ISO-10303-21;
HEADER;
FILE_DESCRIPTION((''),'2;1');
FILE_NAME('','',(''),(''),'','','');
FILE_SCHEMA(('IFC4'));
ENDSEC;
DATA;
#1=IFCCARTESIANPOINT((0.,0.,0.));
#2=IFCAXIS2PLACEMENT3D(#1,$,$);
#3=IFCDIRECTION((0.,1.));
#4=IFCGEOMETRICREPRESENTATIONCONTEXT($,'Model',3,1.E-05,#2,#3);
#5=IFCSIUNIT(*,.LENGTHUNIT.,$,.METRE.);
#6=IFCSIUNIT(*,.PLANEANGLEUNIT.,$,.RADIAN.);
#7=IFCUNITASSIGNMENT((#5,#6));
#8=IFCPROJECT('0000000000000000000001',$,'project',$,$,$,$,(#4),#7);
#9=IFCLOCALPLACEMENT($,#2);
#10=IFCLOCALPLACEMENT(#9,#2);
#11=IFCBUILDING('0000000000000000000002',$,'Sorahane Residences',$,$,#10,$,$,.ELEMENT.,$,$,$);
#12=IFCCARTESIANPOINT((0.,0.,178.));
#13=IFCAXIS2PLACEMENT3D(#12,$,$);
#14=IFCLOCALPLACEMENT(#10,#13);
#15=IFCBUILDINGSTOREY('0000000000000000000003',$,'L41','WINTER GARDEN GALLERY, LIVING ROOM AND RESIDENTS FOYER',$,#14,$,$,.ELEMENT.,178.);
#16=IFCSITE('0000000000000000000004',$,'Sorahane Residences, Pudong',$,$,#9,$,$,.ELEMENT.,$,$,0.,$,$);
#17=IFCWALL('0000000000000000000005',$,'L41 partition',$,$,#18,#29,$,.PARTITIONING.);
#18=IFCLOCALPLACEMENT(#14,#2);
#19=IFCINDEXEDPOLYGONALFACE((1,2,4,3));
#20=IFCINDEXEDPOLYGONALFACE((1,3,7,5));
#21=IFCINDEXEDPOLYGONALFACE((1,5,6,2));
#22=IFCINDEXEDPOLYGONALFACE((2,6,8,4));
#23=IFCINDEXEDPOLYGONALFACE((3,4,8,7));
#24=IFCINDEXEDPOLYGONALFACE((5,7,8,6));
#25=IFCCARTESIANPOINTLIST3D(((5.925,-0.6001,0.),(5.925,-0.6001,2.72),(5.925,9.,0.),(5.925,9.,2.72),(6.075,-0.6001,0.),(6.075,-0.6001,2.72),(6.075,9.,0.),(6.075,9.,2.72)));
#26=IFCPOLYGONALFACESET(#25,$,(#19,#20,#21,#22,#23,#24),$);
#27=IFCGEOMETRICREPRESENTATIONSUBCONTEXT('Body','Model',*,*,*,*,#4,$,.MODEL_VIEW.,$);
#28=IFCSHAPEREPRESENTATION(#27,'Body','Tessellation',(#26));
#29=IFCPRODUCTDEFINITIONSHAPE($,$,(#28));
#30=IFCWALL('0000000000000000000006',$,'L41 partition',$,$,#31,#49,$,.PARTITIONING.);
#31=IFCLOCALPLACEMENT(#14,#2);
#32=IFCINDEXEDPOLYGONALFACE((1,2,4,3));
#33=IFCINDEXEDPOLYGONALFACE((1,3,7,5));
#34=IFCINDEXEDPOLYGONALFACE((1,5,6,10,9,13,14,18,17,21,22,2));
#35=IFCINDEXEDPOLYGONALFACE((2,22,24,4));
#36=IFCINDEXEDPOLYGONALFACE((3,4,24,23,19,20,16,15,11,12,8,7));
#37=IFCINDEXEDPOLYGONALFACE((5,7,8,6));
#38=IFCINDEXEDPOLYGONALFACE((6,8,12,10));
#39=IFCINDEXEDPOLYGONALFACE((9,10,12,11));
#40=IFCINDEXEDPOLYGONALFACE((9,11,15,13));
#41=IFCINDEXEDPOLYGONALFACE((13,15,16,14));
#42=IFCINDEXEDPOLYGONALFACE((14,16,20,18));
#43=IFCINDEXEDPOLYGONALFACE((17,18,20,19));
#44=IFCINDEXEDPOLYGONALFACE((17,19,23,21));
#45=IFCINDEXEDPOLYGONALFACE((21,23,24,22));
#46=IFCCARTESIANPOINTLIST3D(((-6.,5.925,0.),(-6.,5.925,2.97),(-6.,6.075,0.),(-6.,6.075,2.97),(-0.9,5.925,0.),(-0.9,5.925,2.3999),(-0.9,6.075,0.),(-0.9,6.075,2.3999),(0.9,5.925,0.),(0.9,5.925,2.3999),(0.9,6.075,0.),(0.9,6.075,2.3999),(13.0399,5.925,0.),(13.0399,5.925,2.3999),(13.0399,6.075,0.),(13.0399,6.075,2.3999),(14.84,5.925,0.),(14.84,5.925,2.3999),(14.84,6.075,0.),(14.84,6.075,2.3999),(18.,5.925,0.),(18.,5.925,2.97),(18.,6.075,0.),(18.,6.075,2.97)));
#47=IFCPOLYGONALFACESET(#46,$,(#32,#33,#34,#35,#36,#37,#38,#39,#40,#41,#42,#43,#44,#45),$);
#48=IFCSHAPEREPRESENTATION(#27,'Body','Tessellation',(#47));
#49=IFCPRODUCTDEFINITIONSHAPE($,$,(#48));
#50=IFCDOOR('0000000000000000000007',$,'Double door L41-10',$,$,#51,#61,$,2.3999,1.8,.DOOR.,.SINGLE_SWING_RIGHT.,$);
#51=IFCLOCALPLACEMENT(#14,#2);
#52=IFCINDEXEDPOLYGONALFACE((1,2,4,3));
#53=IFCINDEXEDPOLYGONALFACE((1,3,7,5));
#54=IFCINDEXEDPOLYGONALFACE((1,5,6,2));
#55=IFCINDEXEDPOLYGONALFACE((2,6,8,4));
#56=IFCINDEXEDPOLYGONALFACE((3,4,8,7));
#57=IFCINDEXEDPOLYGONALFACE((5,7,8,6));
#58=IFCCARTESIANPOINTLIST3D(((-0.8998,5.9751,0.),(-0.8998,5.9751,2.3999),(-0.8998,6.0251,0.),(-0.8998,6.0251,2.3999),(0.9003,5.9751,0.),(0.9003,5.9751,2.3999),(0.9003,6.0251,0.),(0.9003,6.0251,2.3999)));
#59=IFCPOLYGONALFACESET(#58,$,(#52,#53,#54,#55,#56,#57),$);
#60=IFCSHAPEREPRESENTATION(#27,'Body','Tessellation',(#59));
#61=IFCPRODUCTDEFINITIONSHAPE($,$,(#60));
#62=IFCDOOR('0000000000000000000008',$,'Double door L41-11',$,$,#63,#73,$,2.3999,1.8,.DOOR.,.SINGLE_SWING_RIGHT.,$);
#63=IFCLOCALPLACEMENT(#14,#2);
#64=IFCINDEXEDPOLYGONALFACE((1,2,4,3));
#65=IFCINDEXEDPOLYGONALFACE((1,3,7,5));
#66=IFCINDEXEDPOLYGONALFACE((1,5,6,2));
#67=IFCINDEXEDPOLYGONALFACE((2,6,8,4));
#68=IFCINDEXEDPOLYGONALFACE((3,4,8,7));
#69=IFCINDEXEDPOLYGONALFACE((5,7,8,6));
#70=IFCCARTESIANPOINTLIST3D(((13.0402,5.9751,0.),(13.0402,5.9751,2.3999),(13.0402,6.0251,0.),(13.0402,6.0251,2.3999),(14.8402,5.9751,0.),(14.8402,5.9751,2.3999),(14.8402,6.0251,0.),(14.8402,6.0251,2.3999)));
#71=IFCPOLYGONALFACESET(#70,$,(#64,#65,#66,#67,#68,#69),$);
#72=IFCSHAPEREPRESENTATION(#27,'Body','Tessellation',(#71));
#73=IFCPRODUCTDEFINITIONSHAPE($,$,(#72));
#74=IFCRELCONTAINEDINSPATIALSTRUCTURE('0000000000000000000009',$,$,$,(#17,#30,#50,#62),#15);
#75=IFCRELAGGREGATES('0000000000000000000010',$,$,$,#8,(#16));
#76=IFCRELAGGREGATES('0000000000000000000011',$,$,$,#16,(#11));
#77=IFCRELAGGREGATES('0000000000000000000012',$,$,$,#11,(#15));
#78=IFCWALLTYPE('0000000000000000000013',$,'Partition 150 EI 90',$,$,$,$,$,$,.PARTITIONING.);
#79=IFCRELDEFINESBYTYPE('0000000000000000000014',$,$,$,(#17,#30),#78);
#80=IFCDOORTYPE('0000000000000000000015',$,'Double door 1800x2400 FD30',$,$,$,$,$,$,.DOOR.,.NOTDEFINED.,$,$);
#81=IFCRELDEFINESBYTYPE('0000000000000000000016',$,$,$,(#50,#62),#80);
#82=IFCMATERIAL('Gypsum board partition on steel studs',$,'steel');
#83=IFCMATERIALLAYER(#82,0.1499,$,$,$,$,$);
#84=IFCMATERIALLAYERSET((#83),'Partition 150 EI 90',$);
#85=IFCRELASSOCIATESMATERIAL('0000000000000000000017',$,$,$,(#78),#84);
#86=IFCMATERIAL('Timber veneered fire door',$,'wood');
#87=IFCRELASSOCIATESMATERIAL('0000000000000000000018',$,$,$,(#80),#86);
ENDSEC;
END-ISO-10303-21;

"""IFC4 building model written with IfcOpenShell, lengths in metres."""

from ifc_helpers import new_model, si_unit, direction, frame, frame_2d, origin, place, context, subcontext, project, spatial, rectangle, extrude, material, layer, layer_set, type_object, element, fill, save


model = new_model("IFC4")

# Units and contexts
model_context = context("Model", 3, precision=1e-05, world=origin(), true_north=direction((0.0, 1.0)))
body_context = subcontext(model_context, "Body", "Model", "MODEL_VIEW")
ifc_project = project(units=[si_unit("LENGTHUNIT", "METRE"), si_unit("PLANEANGLEUNIT", "RADIAN")], contexts=[model_context])

# Site, building, storey
site_placement = place(None, origin())
site = spatial("IfcSite", under=ifc_project, at=site_placement, Name="Sorahane Residences, Pudong", CompositionType="ELEMENT", RefElevation=0.0)
building_placement = place(site_placement, origin())
building = spatial("IfcBuilding", under=site, at=building_placement, Name="Sorahane Residences", CompositionType="ELEMENT")
storey_placement = place(building_placement, frame((0.0, 0.0, 178.0)))
storey = spatial("IfcBuildingStorey", under=building, at=storey_placement, Name="L41", Description="WINTER GARDEN GALLERY, LIVING ROOM AND RESIDENTS FOYER", CompositionType="ELEMENT", Elevation=178.0)

# Wall
ifc_material_1 = material(Name="Gypsum board partition on steel studs", Category="steel")
ifc_layer_1 = layer(ifc_material_1, 0.1499)
ifc_layer_set_1 = layer_set([ifc_layer_1], Name="Partition 150 EI 90")
wall_type = type_object("IfcWallType", Name="Partition 150 EI 90", PredefinedType="PARTITIONING", material=ifc_layer_set_1)
wall_1_placement = place(storey_placement, frame((6.0, -0.6001, 0.0), z_axis=(0.0, 0.0, 1.0), x_axis=(0.0, 1.0, 0.0)))
element("IfcWall", 1, at=wall_1_placement, inside=storey, type_object=wall_type, Name="L41 partition", PredefinedType="PARTITIONING", context=body_context, shape_type="SweptSolid", body=[
    extrude(rectangle(XDim=9.6001, YDim=0.1499, at=frame_2d((4.8, 0.0))), origin(), (0.0, 0.0, 1.0), 2.72),
])

# Wall, openings, doors
wall_2_placement = place(storey_placement, frame((-6.0, 6.0, 0.0), z_axis=(0.0, 0.0, 1.0), x_axis=(1.0, 0.0, 0.0)))
wall_2 = element("IfcWall", 2, at=wall_2_placement, inside=storey, type_object=wall_type, Name="L41 partition", PredefinedType="PARTITIONING", context=body_context, shape_type="SweptSolid", body=[
    extrude(rectangle(XDim=24.0, YDim=0.1499, at=frame_2d((12.0, 0.0))), origin(), (0.0, 0.0, 1.0), 2.97),
])
opening_1_placement = place(wall_2_placement, frame((5.1001, 0.0, 0.0)))
opening_1 = element("IfcOpeningElement", 3, at=opening_1_placement, cuts=wall_2, PredefinedType="OPENING", context=body_context, shape_type="SweptSolid", body=[
    extrude(rectangle(XDim=1.8, YDim=2.3999, at=frame_2d((0.8999, 1.2))), frame((0.0, 0.085, 0.0), z_axis=(0.0, -1.0, 0.0), x_axis=(1.0, 0.0, 0.0)), (0.0, 0.0, 1.0), 0.1699),
])
opening_2_placement = place(wall_2_placement, frame((19.04, 0.0, 0.0)))
opening_2 = element("IfcOpeningElement", 4, at=opening_2_placement, cuts=wall_2, PredefinedType="OPENING", context=body_context, shape_type="SweptSolid", body=[
    extrude(rectangle(XDim=1.8, YDim=2.3999, at=frame_2d((0.8999, 1.2))), frame((0.0, 0.085, 0.0), z_axis=(0.0, -1.0, 0.0), x_axis=(1.0, 0.0, 0.0)), (0.0, 0.0, 1.0), 0.1699),
])
ifc_material_2 = material(Name="Timber veneered fire door", Category="wood")
door_type = type_object("IfcDoorType", Name="Double door 1800x2400 FD30", OperationType="NOTDEFINED", PredefinedType="DOOR", material=ifc_material_2)
door_1_placement = place(opening_1_placement, frame((1.8, 0.0, 0.0), z_axis=(0.0, 0.0, 1.0), x_axis=(-1.0, 0.0, 0.0)))
door_1 = element("IfcDoor", 5, at=door_1_placement, inside=storey, type_object=door_type, Name="Double door L41-10", OperationType="SINGLE_SWING_RIGHT", OverallHeight=2.3999, OverallWidth=1.8, PredefinedType="DOOR", context=body_context, shape_type="SweptSolid", body=[
    extrude(rectangle(XDim=1.8, YDim=2.3999, at=frame_2d((0.8999, 1.2))), frame((0.0, 0.0249, 0.0), z_axis=(0.0, -1.0, 0.0), x_axis=(1.0, 0.0, 0.0)), (0.0, 0.0, 1.0), 0.05),
])
fill(opening_1, door_1)
door_2_placement = place(opening_2_placement, frame((1.8, 0.0, 0.0), z_axis=(0.0, 0.0, 1.0), x_axis=(-1.0, 0.0, 0.0)))
door_2 = element("IfcDoor", 6, at=door_2_placement, inside=storey, type_object=door_type, Name="Double door L41-11", OperationType="SINGLE_SWING_RIGHT", OverallHeight=2.3999, OverallWidth=1.8, PredefinedType="DOOR", context=body_context, shape_type="SweptSolid", body=[
    extrude(rectangle(XDim=1.8, YDim=2.3999, at=frame_2d((0.8999, 1.2))), frame((0.0, 0.0249, 0.0), z_axis=(0.0, -1.0, 0.0), x_axis=(1.0, 0.0, 0.0)), (0.0, 0.0, 1.0), 0.05),
])
fill(opening_2, door_2)

save(model, "model.ifc")
